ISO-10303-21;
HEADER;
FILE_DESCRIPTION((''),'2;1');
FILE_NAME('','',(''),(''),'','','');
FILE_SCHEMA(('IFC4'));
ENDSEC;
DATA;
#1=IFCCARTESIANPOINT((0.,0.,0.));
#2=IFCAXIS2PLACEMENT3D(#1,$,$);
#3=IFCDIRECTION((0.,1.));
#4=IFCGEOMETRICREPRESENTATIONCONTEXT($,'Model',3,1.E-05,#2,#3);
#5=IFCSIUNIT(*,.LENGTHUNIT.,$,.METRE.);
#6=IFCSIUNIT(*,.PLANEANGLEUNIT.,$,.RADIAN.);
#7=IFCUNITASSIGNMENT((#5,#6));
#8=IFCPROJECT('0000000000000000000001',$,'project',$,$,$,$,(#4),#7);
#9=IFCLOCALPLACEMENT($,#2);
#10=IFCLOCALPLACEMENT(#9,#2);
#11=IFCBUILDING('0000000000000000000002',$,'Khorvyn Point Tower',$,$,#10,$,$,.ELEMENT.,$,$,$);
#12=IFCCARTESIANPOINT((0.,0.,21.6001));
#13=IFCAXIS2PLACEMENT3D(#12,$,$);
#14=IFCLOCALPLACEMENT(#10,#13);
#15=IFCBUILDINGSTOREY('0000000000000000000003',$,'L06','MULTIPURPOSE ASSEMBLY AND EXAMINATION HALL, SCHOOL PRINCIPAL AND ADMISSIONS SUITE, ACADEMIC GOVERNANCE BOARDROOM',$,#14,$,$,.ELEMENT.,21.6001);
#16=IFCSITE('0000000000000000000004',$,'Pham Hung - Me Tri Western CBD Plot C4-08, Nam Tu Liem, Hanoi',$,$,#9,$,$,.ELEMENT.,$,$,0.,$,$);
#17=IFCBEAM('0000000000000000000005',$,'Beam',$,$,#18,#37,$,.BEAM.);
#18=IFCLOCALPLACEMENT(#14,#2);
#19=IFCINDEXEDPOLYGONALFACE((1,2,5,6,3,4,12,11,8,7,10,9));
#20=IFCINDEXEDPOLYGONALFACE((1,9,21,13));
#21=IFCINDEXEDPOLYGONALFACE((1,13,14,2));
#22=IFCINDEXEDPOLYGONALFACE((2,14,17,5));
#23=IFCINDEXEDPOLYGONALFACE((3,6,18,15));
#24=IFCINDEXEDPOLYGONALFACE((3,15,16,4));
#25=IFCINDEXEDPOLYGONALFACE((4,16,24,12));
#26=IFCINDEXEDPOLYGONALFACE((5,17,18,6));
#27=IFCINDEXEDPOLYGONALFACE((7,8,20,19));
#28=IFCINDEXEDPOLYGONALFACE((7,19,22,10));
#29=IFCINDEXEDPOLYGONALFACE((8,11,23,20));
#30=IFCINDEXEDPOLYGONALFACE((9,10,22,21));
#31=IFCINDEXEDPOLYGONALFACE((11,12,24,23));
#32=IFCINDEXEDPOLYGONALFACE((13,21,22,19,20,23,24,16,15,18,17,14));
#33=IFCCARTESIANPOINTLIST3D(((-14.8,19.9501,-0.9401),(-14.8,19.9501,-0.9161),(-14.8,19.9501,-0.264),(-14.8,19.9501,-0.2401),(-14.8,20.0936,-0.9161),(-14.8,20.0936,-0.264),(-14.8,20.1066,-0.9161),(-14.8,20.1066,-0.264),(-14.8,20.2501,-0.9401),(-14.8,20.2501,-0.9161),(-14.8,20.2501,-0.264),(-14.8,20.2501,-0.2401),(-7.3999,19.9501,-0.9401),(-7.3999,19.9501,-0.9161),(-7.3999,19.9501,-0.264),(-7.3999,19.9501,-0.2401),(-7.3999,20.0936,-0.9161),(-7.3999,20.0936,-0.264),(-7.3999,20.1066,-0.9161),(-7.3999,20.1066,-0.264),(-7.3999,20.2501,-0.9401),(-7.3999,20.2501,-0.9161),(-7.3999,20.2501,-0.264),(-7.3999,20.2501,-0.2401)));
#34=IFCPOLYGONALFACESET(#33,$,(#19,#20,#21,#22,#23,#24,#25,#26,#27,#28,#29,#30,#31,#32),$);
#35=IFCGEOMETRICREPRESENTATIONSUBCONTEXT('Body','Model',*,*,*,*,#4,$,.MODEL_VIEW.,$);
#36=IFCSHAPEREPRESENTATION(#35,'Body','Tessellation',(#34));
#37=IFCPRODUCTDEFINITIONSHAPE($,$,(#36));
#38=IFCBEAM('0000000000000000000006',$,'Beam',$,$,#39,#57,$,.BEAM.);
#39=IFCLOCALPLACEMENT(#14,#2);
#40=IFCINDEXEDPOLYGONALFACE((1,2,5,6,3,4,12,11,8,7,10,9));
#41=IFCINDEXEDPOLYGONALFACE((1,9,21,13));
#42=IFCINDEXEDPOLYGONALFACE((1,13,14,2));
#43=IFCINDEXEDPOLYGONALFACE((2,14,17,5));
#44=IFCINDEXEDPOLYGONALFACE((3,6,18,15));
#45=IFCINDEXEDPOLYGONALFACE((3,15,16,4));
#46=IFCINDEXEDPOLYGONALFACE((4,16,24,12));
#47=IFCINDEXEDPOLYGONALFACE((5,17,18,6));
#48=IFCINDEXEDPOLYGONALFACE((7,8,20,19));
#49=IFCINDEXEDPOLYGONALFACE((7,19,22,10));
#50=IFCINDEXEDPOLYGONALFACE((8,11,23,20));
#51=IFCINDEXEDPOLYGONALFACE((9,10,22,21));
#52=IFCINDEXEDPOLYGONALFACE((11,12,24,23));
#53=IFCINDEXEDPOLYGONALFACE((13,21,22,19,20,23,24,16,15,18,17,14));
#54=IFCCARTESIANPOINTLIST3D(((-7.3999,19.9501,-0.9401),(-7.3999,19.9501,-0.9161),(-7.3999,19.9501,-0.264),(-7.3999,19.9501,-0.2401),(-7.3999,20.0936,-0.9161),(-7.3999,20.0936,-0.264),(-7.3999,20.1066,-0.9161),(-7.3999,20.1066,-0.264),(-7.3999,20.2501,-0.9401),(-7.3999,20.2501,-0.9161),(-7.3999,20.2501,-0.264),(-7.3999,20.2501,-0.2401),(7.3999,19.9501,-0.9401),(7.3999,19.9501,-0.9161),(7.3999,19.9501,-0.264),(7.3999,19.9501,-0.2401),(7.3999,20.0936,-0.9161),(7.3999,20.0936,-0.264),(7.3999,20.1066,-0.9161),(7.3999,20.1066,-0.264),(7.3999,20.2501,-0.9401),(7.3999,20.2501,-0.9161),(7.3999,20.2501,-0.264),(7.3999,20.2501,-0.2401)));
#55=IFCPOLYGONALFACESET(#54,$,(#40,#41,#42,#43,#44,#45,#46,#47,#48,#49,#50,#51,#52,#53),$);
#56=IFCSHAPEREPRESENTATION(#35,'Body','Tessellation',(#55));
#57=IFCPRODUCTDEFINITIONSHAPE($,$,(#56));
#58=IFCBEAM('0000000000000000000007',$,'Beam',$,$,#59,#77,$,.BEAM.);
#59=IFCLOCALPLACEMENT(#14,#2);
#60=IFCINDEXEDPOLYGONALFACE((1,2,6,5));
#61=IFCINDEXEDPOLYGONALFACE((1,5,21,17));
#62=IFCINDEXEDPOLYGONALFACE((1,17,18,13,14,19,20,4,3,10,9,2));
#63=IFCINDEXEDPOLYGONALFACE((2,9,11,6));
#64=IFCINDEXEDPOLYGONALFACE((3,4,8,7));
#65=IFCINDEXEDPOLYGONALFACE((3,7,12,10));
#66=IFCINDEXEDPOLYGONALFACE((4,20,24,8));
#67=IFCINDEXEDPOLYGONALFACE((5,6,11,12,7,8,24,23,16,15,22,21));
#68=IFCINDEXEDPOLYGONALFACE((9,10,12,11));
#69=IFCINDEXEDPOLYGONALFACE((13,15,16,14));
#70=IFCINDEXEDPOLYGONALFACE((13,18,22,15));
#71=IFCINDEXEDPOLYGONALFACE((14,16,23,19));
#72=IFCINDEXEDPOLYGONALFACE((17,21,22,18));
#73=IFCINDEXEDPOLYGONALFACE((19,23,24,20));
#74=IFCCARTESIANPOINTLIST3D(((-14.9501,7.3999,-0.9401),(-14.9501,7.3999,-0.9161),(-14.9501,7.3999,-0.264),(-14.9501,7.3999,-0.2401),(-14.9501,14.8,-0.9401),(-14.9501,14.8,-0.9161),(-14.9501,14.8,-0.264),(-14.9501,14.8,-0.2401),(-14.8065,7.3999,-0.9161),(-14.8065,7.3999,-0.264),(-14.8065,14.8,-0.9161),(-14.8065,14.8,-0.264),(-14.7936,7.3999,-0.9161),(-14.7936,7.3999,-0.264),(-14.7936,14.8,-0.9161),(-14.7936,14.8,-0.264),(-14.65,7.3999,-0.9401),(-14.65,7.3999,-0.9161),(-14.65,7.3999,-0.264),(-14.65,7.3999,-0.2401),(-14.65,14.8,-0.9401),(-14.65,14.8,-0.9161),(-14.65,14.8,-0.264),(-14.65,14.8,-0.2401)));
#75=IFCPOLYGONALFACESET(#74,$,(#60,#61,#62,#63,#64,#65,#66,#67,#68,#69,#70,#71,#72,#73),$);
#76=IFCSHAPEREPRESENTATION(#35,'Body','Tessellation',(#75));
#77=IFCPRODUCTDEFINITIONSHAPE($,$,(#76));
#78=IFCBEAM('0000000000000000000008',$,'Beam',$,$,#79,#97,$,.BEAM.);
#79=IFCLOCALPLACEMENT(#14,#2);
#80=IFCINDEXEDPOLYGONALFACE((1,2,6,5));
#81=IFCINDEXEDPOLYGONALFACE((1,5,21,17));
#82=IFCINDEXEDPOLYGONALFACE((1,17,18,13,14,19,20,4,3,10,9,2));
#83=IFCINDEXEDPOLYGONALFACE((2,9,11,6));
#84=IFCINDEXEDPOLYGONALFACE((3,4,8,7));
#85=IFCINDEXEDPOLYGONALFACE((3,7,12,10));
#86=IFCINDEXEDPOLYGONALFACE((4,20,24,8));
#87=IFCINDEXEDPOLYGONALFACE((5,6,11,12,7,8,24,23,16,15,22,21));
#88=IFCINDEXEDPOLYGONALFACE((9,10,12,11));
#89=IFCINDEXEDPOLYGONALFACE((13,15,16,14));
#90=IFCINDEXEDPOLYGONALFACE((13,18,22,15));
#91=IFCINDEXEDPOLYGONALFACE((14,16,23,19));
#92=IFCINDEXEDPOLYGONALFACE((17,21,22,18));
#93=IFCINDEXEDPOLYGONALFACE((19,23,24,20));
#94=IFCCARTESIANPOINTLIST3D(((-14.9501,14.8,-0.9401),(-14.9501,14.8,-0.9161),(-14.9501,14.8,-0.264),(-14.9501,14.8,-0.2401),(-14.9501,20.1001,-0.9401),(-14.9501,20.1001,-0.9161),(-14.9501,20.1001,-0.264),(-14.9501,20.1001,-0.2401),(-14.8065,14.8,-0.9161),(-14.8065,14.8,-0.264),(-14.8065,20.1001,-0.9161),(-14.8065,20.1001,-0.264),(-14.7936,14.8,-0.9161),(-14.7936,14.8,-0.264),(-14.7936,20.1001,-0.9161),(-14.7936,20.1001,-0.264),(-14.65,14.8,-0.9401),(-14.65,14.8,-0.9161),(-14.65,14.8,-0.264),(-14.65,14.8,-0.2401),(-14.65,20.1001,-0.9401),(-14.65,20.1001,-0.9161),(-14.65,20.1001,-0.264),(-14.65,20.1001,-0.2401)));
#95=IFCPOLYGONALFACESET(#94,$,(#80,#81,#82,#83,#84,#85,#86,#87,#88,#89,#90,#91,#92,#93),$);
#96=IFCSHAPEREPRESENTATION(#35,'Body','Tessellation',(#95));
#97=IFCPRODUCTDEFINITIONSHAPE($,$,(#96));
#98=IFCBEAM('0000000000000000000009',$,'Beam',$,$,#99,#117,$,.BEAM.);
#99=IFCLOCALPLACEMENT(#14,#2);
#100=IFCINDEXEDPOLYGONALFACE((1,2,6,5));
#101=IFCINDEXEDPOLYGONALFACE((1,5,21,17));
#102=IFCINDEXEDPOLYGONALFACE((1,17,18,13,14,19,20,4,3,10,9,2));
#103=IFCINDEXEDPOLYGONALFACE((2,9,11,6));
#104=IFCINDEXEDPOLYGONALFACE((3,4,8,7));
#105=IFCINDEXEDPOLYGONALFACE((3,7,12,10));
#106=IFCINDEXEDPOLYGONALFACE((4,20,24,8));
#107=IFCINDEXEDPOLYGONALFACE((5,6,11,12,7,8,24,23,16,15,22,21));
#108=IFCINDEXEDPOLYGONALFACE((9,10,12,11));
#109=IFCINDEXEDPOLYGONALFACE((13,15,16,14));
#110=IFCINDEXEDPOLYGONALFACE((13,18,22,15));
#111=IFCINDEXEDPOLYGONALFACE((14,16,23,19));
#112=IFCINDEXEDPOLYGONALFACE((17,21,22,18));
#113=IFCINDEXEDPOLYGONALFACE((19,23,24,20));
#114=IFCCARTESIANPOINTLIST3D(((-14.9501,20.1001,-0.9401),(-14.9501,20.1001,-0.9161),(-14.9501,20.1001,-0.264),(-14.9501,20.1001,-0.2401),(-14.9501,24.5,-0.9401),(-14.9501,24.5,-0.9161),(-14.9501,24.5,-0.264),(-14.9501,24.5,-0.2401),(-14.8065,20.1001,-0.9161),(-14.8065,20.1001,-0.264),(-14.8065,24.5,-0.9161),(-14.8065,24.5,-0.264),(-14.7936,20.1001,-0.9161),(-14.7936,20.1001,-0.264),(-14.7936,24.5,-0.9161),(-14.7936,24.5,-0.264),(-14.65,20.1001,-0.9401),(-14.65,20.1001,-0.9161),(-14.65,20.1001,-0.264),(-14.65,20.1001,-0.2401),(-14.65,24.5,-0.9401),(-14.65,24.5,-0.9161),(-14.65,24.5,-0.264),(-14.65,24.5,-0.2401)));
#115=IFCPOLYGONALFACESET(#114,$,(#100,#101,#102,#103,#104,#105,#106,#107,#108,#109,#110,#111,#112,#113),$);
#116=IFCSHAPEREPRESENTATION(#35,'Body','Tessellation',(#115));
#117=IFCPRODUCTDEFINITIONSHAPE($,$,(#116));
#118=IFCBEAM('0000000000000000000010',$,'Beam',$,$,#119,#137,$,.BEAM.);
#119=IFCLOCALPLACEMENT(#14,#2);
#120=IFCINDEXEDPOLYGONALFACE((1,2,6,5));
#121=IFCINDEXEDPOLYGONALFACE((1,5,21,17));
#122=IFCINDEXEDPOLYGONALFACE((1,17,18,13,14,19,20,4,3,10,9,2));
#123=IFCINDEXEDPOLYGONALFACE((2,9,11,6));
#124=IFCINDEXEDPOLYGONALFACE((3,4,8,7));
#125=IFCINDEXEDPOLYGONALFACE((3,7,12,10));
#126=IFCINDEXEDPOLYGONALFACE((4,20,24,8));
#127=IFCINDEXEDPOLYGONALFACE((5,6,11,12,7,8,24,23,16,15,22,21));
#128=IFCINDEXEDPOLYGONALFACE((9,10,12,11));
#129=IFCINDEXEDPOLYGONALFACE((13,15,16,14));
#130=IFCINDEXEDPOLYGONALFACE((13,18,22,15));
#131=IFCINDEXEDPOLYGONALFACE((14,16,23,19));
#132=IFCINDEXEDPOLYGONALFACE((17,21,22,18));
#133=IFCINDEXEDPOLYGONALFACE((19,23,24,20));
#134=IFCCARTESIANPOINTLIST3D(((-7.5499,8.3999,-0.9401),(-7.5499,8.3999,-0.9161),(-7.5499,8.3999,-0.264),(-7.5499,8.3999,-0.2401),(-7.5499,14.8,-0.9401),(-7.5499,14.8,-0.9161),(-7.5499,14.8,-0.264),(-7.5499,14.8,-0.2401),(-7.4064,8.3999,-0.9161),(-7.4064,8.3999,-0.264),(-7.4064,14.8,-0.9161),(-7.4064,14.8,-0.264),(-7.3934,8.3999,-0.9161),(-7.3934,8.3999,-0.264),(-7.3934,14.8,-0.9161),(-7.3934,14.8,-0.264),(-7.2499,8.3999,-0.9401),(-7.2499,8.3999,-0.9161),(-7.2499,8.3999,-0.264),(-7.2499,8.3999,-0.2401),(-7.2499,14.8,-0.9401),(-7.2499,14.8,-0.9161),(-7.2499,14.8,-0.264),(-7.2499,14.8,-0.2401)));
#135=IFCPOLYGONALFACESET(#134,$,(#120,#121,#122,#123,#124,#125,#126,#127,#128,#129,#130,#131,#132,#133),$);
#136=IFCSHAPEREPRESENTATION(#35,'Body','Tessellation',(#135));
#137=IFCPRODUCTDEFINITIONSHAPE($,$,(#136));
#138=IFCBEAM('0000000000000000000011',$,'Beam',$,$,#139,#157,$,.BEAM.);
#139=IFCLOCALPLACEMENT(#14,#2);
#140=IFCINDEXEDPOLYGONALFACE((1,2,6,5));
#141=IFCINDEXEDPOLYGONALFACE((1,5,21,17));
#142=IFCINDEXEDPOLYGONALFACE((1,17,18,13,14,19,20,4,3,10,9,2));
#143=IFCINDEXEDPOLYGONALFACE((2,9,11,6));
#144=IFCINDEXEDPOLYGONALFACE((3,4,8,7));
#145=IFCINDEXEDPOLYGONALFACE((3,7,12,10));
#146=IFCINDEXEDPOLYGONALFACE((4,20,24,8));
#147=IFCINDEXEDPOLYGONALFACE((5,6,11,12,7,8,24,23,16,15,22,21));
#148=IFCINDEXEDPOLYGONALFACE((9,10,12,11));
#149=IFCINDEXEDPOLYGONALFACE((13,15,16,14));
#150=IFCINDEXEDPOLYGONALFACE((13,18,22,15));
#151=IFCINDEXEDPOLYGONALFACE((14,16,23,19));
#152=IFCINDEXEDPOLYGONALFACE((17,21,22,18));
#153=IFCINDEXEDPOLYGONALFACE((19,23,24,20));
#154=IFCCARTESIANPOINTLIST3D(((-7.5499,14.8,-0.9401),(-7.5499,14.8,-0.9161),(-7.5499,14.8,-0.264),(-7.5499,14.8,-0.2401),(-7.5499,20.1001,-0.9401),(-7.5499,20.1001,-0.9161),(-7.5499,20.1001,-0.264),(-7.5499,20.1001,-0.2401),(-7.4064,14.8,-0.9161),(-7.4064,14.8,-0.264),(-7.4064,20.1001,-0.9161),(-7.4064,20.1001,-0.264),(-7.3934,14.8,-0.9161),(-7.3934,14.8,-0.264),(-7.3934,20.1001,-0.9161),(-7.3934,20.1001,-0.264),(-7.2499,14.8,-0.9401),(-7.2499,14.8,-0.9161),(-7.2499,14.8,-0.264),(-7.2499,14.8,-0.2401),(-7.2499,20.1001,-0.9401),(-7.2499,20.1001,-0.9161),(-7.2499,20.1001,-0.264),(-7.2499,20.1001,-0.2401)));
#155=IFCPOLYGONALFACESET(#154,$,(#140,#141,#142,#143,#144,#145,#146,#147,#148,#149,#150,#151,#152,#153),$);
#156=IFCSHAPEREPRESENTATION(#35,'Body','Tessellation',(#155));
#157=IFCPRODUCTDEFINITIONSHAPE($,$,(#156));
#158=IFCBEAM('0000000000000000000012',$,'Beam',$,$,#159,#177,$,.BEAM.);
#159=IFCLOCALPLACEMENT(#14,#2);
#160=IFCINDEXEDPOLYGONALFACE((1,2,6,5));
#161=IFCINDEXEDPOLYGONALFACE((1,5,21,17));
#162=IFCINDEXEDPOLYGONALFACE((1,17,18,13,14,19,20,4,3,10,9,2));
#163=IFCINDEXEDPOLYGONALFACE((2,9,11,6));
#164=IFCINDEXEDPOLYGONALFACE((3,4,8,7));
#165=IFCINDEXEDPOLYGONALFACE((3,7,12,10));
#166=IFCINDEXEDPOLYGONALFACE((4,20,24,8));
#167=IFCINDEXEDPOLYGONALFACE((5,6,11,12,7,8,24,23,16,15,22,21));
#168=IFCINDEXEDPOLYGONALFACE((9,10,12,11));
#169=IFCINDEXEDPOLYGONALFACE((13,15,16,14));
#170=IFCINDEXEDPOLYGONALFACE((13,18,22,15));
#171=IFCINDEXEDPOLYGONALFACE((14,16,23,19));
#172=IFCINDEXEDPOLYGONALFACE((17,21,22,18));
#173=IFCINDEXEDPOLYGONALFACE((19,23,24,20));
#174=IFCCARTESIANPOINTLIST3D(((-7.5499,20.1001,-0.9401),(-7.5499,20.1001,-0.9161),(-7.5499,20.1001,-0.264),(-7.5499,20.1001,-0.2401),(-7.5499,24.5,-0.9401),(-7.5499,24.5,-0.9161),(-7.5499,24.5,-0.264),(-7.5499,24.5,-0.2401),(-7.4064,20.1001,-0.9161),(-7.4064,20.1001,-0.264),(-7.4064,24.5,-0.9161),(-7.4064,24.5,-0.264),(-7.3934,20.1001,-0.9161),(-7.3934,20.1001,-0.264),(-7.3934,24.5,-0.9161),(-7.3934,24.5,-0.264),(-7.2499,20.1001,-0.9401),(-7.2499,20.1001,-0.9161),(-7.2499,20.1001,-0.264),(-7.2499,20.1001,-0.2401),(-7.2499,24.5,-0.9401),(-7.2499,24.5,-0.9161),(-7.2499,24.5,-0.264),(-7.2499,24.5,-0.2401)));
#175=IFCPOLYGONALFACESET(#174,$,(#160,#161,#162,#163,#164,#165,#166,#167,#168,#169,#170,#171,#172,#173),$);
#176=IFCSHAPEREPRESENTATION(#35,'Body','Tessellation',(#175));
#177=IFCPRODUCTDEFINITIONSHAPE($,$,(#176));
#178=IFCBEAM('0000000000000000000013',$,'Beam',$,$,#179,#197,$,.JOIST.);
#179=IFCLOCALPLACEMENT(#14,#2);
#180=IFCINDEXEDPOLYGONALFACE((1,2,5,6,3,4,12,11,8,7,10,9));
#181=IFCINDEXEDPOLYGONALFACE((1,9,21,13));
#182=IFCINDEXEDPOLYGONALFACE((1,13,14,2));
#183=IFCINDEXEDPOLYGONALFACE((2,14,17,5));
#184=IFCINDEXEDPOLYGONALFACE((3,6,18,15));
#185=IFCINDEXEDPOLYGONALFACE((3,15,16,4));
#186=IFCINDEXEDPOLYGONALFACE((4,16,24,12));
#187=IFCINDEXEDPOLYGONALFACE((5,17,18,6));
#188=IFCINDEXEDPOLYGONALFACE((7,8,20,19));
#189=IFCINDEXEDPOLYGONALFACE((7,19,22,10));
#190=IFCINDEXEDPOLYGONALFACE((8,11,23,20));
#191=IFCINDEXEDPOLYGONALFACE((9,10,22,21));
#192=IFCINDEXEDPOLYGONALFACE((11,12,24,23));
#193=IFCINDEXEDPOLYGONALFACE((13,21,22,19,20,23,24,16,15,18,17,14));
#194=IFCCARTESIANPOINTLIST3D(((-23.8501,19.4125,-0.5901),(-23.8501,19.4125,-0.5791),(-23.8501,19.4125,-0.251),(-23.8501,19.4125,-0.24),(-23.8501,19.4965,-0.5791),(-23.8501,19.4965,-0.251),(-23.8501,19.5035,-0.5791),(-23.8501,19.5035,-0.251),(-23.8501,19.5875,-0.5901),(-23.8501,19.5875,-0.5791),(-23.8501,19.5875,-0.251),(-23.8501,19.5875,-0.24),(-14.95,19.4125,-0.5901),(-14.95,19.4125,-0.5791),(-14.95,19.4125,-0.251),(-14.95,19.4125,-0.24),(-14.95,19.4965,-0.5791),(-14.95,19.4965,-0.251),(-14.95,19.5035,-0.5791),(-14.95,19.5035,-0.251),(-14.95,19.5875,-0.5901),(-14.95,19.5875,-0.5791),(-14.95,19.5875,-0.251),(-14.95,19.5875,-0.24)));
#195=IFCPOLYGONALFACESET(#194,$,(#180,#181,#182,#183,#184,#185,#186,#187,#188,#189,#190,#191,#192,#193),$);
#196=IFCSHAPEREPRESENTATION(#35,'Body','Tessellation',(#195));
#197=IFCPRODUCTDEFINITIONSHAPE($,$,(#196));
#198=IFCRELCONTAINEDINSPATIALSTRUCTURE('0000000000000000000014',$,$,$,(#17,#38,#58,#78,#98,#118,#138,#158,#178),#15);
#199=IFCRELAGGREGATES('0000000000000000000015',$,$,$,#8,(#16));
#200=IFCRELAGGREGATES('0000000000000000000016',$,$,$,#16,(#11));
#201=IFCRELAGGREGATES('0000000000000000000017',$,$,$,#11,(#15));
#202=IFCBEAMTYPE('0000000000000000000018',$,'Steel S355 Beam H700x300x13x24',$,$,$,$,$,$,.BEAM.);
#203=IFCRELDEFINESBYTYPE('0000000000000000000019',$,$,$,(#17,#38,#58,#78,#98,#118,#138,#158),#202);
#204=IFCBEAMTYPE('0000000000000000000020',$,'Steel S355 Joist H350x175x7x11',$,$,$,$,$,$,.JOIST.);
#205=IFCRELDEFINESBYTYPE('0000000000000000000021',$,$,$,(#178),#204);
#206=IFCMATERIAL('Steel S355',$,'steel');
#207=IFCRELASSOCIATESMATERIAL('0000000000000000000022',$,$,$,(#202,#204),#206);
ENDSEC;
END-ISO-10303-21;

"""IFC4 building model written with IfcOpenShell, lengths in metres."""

from ifc_helpers import new_model, si_unit, direction, frame, origin, origin_2d, place, context, subcontext, project, spatial, i_section, extrude, material, material_profile, profile_set, type_object, element, save


model = new_model("IFC4")

# Units and contexts
model_context = context("Model", 3, precision=1e-05, world=origin(), true_north=direction((0.0, 1.0)))
body_context = subcontext(model_context, "Body", "Model", "MODEL_VIEW")
ifc_project = project(units=[si_unit("LENGTHUNIT", "METRE"), si_unit("PLANEANGLEUNIT", "RADIAN")], contexts=[model_context])

# Site, building, storey
site_placement = place(None, origin())
site = spatial("IfcSite", under=ifc_project, at=site_placement, Name="Pham Hung - Me Tri Western CBD Plot C4-08, Nam Tu Liem, Hanoi", CompositionType="ELEMENT", RefElevation=0.0)
building_placement = place(site_placement, origin())
building = spatial("IfcBuilding", under=site, at=building_placement, Name="Khorvyn Point Tower", CompositionType="ELEMENT")
storey_placement = place(building_placement, frame((0.0, 0.0, 21.6001)))
storey = spatial("IfcBuildingStorey", under=building, at=storey_placement, Name="L06", Description="MULTIPURPOSE ASSEMBLY AND EXAMINATION HALL, SCHOOL PRINCIPAL AND ADMISSIONS SUITE, ACADEMIC GOVERNANCE BOARDROOM", CompositionType="ELEMENT", Elevation=21.6001)

# Beams
ifc_material_1 = material(Name="Steel S355", Category="steel")
ifc_material_profile_1 = material_profile(ifc_material_1, i_section(OverallWidth=0.3, OverallDepth=0.7, WebThickness=0.0129, FlangeThickness=0.0239, at=origin_2d()))
ifc_profile_set_1 = profile_set([ifc_material_profile_1], Name="Steel S355 H700x300x13x24")
beam_type_1 = type_object("IfcBeamType", Name="Steel S355 Beam H700x300x13x24", PredefinedType="BEAM", material=ifc_profile_set_1)
beam_1_placement = place(storey_placement, frame((-14.8, 20.1001, -0.5901), z_axis=(1.0, 0.0, 0.0), x_axis=(0.0, 1.0, 0.0)))
element("IfcBeam", 1, at=beam_1_placement, inside=storey, type_object=beam_type_1, Name="Beam", PredefinedType="BEAM", context=body_context, shape_type="SweptSolid", body=[
    extrude(i_section(OverallWidth=0.3, OverallDepth=0.7, WebThickness=0.0129, FlangeThickness=0.0239, at=origin_2d()), origin(), (0.0, 0.0, 1.0), 7.4001),
])
beam_2_placement = place(storey_placement, frame((-7.3999, 20.1001, -0.5901), z_axis=(1.0, 0.0, 0.0), x_axis=(0.0, 1.0, 0.0)))
element("IfcBeam", 2, at=beam_2_placement, inside=storey, type_object=beam_type_1, Name="Beam", PredefinedType="BEAM", context=body_context, shape_type="SweptSolid", body=[
    extrude(i_section(OverallWidth=0.3, OverallDepth=0.7, WebThickness=0.0129, FlangeThickness=0.0239, at=origin_2d()), origin(), (0.0, 0.0, 1.0), 14.7998),
])
beam_3_placement = place(storey_placement, frame((-14.8, 7.3999, -0.5901), z_axis=(0.0, 1.0, 0.0), x_axis=(-1.0, 0.0, 0.0)))
element("IfcBeam", 3, at=beam_3_placement, inside=storey, type_object=beam_type_1, Name="Beam", PredefinedType="BEAM", context=body_context, shape_type="SweptSolid", body=[
    extrude(i_section(OverallWidth=0.3, OverallDepth=0.7, WebThickness=0.0129, FlangeThickness=0.0239, at=origin_2d()), origin(), (0.0, 0.0, 1.0), 7.4001),
])
beam_4_placement = place(storey_placement, frame((-14.8, 14.8, -0.5901), z_axis=(0.0, 1.0, 0.0), x_axis=(-1.0, 0.0, 0.0)))
element("IfcBeam", 4, at=beam_4_placement, inside=storey, type_object=beam_type_1, Name="Beam", PredefinedType="BEAM", context=body_context, shape_type="SweptSolid", body=[
    extrude(i_section(OverallWidth=0.3, OverallDepth=0.7, WebThickness=0.0129, FlangeThickness=0.0239, at=origin_2d()), origin(), (0.0, 0.0, 1.0), 5.3),
])
beam_5_placement = place(storey_placement, frame((-14.8, 20.1001, -0.5901), z_axis=(0.0, 1.0, 0.0), x_axis=(-1.0, 0.0, 0.0)))
element("IfcBeam", 5, at=beam_5_placement, inside=storey, type_object=beam_type_1, Name="Beam", PredefinedType="BEAM", context=body_context, shape_type="SweptSolid", body=[
    extrude(i_section(OverallWidth=0.3, OverallDepth=0.7, WebThickness=0.0129, FlangeThickness=0.0239, at=origin_2d()), origin(), (0.0, 0.0, 1.0), 4.3999),
])
beam_6_placement = place(storey_placement, frame((-7.3999, 8.3999, -0.5901), z_axis=(0.0, 1.0, 0.0), x_axis=(-1.0, 0.0, 0.0)))
element("IfcBeam", 6, at=beam_6_placement, inside=storey, type_object=beam_type_1, Name="Beam", PredefinedType="BEAM", context=body_context, shape_type="SweptSolid", body=[
    extrude(i_section(OverallWidth=0.3, OverallDepth=0.7, WebThickness=0.0129, FlangeThickness=0.0239, at=origin_2d()), origin(), (0.0, 0.0, 1.0), 6.4001),
])
beam_7_placement = place(storey_placement, frame((-7.3999, 14.8, -0.5901), z_axis=(0.0, 1.0, 0.0), x_axis=(-1.0, 0.0, 0.0)))
element("IfcBeam", 7, at=beam_7_placement, inside=storey, type_object=beam_type_1, Name="Beam", PredefinedType="BEAM", context=body_context, shape_type="SweptSolid", body=[
    extrude(i_section(OverallWidth=0.3, OverallDepth=0.7, WebThickness=0.0129, FlangeThickness=0.0239, at=origin_2d()), origin(), (0.0, 0.0, 1.0), 5.3),
])
beam_8_placement = place(storey_placement, frame((-7.3999, 20.1001, -0.5901), z_axis=(0.0, 1.0, 0.0), x_axis=(-1.0, 0.0, 0.0)))
element("IfcBeam", 8, at=beam_8_placement, inside=storey, type_object=beam_type_1, Name="Beam", PredefinedType="BEAM", context=body_context, shape_type="SweptSolid", body=[
    extrude(i_section(OverallWidth=0.3, OverallDepth=0.7, WebThickness=0.0129, FlangeThickness=0.0239, at=origin_2d()), origin(), (0.0, 0.0, 1.0), 4.3999),
])
ifc_material_profile_2 = material_profile(ifc_material_1, i_section(OverallWidth=0.175, OverallDepth=0.3501, WebThickness=0.0071, FlangeThickness=0.011, at=origin_2d()))
ifc_profile_set_2 = profile_set([ifc_material_profile_2], Name="Steel S355 H350x175x7x11")
beam_type_2 = type_object("IfcBeamType", Name="Steel S355 Joist H350x175x7x11", PredefinedType="JOIST", material=ifc_profile_set_2)
beam_9_placement = place(storey_placement, frame((-23.8501, 19.5, -0.415), z_axis=(1.0, 0.0, 0.0), x_axis=(0.0, 1.0, 0.0)))
element("IfcBeam", 9, at=beam_9_placement, inside=storey, type_object=beam_type_2, Name="Beam", PredefinedType="JOIST", context=body_context, shape_type="SweptSolid", body=[
    extrude(i_section(OverallWidth=0.175, OverallDepth=0.3501, WebThickness=0.0071, FlangeThickness=0.011, at=origin_2d()), origin(), (0.0, 0.0, 1.0), 8.9001),
])

save(model, "model.ifc")
